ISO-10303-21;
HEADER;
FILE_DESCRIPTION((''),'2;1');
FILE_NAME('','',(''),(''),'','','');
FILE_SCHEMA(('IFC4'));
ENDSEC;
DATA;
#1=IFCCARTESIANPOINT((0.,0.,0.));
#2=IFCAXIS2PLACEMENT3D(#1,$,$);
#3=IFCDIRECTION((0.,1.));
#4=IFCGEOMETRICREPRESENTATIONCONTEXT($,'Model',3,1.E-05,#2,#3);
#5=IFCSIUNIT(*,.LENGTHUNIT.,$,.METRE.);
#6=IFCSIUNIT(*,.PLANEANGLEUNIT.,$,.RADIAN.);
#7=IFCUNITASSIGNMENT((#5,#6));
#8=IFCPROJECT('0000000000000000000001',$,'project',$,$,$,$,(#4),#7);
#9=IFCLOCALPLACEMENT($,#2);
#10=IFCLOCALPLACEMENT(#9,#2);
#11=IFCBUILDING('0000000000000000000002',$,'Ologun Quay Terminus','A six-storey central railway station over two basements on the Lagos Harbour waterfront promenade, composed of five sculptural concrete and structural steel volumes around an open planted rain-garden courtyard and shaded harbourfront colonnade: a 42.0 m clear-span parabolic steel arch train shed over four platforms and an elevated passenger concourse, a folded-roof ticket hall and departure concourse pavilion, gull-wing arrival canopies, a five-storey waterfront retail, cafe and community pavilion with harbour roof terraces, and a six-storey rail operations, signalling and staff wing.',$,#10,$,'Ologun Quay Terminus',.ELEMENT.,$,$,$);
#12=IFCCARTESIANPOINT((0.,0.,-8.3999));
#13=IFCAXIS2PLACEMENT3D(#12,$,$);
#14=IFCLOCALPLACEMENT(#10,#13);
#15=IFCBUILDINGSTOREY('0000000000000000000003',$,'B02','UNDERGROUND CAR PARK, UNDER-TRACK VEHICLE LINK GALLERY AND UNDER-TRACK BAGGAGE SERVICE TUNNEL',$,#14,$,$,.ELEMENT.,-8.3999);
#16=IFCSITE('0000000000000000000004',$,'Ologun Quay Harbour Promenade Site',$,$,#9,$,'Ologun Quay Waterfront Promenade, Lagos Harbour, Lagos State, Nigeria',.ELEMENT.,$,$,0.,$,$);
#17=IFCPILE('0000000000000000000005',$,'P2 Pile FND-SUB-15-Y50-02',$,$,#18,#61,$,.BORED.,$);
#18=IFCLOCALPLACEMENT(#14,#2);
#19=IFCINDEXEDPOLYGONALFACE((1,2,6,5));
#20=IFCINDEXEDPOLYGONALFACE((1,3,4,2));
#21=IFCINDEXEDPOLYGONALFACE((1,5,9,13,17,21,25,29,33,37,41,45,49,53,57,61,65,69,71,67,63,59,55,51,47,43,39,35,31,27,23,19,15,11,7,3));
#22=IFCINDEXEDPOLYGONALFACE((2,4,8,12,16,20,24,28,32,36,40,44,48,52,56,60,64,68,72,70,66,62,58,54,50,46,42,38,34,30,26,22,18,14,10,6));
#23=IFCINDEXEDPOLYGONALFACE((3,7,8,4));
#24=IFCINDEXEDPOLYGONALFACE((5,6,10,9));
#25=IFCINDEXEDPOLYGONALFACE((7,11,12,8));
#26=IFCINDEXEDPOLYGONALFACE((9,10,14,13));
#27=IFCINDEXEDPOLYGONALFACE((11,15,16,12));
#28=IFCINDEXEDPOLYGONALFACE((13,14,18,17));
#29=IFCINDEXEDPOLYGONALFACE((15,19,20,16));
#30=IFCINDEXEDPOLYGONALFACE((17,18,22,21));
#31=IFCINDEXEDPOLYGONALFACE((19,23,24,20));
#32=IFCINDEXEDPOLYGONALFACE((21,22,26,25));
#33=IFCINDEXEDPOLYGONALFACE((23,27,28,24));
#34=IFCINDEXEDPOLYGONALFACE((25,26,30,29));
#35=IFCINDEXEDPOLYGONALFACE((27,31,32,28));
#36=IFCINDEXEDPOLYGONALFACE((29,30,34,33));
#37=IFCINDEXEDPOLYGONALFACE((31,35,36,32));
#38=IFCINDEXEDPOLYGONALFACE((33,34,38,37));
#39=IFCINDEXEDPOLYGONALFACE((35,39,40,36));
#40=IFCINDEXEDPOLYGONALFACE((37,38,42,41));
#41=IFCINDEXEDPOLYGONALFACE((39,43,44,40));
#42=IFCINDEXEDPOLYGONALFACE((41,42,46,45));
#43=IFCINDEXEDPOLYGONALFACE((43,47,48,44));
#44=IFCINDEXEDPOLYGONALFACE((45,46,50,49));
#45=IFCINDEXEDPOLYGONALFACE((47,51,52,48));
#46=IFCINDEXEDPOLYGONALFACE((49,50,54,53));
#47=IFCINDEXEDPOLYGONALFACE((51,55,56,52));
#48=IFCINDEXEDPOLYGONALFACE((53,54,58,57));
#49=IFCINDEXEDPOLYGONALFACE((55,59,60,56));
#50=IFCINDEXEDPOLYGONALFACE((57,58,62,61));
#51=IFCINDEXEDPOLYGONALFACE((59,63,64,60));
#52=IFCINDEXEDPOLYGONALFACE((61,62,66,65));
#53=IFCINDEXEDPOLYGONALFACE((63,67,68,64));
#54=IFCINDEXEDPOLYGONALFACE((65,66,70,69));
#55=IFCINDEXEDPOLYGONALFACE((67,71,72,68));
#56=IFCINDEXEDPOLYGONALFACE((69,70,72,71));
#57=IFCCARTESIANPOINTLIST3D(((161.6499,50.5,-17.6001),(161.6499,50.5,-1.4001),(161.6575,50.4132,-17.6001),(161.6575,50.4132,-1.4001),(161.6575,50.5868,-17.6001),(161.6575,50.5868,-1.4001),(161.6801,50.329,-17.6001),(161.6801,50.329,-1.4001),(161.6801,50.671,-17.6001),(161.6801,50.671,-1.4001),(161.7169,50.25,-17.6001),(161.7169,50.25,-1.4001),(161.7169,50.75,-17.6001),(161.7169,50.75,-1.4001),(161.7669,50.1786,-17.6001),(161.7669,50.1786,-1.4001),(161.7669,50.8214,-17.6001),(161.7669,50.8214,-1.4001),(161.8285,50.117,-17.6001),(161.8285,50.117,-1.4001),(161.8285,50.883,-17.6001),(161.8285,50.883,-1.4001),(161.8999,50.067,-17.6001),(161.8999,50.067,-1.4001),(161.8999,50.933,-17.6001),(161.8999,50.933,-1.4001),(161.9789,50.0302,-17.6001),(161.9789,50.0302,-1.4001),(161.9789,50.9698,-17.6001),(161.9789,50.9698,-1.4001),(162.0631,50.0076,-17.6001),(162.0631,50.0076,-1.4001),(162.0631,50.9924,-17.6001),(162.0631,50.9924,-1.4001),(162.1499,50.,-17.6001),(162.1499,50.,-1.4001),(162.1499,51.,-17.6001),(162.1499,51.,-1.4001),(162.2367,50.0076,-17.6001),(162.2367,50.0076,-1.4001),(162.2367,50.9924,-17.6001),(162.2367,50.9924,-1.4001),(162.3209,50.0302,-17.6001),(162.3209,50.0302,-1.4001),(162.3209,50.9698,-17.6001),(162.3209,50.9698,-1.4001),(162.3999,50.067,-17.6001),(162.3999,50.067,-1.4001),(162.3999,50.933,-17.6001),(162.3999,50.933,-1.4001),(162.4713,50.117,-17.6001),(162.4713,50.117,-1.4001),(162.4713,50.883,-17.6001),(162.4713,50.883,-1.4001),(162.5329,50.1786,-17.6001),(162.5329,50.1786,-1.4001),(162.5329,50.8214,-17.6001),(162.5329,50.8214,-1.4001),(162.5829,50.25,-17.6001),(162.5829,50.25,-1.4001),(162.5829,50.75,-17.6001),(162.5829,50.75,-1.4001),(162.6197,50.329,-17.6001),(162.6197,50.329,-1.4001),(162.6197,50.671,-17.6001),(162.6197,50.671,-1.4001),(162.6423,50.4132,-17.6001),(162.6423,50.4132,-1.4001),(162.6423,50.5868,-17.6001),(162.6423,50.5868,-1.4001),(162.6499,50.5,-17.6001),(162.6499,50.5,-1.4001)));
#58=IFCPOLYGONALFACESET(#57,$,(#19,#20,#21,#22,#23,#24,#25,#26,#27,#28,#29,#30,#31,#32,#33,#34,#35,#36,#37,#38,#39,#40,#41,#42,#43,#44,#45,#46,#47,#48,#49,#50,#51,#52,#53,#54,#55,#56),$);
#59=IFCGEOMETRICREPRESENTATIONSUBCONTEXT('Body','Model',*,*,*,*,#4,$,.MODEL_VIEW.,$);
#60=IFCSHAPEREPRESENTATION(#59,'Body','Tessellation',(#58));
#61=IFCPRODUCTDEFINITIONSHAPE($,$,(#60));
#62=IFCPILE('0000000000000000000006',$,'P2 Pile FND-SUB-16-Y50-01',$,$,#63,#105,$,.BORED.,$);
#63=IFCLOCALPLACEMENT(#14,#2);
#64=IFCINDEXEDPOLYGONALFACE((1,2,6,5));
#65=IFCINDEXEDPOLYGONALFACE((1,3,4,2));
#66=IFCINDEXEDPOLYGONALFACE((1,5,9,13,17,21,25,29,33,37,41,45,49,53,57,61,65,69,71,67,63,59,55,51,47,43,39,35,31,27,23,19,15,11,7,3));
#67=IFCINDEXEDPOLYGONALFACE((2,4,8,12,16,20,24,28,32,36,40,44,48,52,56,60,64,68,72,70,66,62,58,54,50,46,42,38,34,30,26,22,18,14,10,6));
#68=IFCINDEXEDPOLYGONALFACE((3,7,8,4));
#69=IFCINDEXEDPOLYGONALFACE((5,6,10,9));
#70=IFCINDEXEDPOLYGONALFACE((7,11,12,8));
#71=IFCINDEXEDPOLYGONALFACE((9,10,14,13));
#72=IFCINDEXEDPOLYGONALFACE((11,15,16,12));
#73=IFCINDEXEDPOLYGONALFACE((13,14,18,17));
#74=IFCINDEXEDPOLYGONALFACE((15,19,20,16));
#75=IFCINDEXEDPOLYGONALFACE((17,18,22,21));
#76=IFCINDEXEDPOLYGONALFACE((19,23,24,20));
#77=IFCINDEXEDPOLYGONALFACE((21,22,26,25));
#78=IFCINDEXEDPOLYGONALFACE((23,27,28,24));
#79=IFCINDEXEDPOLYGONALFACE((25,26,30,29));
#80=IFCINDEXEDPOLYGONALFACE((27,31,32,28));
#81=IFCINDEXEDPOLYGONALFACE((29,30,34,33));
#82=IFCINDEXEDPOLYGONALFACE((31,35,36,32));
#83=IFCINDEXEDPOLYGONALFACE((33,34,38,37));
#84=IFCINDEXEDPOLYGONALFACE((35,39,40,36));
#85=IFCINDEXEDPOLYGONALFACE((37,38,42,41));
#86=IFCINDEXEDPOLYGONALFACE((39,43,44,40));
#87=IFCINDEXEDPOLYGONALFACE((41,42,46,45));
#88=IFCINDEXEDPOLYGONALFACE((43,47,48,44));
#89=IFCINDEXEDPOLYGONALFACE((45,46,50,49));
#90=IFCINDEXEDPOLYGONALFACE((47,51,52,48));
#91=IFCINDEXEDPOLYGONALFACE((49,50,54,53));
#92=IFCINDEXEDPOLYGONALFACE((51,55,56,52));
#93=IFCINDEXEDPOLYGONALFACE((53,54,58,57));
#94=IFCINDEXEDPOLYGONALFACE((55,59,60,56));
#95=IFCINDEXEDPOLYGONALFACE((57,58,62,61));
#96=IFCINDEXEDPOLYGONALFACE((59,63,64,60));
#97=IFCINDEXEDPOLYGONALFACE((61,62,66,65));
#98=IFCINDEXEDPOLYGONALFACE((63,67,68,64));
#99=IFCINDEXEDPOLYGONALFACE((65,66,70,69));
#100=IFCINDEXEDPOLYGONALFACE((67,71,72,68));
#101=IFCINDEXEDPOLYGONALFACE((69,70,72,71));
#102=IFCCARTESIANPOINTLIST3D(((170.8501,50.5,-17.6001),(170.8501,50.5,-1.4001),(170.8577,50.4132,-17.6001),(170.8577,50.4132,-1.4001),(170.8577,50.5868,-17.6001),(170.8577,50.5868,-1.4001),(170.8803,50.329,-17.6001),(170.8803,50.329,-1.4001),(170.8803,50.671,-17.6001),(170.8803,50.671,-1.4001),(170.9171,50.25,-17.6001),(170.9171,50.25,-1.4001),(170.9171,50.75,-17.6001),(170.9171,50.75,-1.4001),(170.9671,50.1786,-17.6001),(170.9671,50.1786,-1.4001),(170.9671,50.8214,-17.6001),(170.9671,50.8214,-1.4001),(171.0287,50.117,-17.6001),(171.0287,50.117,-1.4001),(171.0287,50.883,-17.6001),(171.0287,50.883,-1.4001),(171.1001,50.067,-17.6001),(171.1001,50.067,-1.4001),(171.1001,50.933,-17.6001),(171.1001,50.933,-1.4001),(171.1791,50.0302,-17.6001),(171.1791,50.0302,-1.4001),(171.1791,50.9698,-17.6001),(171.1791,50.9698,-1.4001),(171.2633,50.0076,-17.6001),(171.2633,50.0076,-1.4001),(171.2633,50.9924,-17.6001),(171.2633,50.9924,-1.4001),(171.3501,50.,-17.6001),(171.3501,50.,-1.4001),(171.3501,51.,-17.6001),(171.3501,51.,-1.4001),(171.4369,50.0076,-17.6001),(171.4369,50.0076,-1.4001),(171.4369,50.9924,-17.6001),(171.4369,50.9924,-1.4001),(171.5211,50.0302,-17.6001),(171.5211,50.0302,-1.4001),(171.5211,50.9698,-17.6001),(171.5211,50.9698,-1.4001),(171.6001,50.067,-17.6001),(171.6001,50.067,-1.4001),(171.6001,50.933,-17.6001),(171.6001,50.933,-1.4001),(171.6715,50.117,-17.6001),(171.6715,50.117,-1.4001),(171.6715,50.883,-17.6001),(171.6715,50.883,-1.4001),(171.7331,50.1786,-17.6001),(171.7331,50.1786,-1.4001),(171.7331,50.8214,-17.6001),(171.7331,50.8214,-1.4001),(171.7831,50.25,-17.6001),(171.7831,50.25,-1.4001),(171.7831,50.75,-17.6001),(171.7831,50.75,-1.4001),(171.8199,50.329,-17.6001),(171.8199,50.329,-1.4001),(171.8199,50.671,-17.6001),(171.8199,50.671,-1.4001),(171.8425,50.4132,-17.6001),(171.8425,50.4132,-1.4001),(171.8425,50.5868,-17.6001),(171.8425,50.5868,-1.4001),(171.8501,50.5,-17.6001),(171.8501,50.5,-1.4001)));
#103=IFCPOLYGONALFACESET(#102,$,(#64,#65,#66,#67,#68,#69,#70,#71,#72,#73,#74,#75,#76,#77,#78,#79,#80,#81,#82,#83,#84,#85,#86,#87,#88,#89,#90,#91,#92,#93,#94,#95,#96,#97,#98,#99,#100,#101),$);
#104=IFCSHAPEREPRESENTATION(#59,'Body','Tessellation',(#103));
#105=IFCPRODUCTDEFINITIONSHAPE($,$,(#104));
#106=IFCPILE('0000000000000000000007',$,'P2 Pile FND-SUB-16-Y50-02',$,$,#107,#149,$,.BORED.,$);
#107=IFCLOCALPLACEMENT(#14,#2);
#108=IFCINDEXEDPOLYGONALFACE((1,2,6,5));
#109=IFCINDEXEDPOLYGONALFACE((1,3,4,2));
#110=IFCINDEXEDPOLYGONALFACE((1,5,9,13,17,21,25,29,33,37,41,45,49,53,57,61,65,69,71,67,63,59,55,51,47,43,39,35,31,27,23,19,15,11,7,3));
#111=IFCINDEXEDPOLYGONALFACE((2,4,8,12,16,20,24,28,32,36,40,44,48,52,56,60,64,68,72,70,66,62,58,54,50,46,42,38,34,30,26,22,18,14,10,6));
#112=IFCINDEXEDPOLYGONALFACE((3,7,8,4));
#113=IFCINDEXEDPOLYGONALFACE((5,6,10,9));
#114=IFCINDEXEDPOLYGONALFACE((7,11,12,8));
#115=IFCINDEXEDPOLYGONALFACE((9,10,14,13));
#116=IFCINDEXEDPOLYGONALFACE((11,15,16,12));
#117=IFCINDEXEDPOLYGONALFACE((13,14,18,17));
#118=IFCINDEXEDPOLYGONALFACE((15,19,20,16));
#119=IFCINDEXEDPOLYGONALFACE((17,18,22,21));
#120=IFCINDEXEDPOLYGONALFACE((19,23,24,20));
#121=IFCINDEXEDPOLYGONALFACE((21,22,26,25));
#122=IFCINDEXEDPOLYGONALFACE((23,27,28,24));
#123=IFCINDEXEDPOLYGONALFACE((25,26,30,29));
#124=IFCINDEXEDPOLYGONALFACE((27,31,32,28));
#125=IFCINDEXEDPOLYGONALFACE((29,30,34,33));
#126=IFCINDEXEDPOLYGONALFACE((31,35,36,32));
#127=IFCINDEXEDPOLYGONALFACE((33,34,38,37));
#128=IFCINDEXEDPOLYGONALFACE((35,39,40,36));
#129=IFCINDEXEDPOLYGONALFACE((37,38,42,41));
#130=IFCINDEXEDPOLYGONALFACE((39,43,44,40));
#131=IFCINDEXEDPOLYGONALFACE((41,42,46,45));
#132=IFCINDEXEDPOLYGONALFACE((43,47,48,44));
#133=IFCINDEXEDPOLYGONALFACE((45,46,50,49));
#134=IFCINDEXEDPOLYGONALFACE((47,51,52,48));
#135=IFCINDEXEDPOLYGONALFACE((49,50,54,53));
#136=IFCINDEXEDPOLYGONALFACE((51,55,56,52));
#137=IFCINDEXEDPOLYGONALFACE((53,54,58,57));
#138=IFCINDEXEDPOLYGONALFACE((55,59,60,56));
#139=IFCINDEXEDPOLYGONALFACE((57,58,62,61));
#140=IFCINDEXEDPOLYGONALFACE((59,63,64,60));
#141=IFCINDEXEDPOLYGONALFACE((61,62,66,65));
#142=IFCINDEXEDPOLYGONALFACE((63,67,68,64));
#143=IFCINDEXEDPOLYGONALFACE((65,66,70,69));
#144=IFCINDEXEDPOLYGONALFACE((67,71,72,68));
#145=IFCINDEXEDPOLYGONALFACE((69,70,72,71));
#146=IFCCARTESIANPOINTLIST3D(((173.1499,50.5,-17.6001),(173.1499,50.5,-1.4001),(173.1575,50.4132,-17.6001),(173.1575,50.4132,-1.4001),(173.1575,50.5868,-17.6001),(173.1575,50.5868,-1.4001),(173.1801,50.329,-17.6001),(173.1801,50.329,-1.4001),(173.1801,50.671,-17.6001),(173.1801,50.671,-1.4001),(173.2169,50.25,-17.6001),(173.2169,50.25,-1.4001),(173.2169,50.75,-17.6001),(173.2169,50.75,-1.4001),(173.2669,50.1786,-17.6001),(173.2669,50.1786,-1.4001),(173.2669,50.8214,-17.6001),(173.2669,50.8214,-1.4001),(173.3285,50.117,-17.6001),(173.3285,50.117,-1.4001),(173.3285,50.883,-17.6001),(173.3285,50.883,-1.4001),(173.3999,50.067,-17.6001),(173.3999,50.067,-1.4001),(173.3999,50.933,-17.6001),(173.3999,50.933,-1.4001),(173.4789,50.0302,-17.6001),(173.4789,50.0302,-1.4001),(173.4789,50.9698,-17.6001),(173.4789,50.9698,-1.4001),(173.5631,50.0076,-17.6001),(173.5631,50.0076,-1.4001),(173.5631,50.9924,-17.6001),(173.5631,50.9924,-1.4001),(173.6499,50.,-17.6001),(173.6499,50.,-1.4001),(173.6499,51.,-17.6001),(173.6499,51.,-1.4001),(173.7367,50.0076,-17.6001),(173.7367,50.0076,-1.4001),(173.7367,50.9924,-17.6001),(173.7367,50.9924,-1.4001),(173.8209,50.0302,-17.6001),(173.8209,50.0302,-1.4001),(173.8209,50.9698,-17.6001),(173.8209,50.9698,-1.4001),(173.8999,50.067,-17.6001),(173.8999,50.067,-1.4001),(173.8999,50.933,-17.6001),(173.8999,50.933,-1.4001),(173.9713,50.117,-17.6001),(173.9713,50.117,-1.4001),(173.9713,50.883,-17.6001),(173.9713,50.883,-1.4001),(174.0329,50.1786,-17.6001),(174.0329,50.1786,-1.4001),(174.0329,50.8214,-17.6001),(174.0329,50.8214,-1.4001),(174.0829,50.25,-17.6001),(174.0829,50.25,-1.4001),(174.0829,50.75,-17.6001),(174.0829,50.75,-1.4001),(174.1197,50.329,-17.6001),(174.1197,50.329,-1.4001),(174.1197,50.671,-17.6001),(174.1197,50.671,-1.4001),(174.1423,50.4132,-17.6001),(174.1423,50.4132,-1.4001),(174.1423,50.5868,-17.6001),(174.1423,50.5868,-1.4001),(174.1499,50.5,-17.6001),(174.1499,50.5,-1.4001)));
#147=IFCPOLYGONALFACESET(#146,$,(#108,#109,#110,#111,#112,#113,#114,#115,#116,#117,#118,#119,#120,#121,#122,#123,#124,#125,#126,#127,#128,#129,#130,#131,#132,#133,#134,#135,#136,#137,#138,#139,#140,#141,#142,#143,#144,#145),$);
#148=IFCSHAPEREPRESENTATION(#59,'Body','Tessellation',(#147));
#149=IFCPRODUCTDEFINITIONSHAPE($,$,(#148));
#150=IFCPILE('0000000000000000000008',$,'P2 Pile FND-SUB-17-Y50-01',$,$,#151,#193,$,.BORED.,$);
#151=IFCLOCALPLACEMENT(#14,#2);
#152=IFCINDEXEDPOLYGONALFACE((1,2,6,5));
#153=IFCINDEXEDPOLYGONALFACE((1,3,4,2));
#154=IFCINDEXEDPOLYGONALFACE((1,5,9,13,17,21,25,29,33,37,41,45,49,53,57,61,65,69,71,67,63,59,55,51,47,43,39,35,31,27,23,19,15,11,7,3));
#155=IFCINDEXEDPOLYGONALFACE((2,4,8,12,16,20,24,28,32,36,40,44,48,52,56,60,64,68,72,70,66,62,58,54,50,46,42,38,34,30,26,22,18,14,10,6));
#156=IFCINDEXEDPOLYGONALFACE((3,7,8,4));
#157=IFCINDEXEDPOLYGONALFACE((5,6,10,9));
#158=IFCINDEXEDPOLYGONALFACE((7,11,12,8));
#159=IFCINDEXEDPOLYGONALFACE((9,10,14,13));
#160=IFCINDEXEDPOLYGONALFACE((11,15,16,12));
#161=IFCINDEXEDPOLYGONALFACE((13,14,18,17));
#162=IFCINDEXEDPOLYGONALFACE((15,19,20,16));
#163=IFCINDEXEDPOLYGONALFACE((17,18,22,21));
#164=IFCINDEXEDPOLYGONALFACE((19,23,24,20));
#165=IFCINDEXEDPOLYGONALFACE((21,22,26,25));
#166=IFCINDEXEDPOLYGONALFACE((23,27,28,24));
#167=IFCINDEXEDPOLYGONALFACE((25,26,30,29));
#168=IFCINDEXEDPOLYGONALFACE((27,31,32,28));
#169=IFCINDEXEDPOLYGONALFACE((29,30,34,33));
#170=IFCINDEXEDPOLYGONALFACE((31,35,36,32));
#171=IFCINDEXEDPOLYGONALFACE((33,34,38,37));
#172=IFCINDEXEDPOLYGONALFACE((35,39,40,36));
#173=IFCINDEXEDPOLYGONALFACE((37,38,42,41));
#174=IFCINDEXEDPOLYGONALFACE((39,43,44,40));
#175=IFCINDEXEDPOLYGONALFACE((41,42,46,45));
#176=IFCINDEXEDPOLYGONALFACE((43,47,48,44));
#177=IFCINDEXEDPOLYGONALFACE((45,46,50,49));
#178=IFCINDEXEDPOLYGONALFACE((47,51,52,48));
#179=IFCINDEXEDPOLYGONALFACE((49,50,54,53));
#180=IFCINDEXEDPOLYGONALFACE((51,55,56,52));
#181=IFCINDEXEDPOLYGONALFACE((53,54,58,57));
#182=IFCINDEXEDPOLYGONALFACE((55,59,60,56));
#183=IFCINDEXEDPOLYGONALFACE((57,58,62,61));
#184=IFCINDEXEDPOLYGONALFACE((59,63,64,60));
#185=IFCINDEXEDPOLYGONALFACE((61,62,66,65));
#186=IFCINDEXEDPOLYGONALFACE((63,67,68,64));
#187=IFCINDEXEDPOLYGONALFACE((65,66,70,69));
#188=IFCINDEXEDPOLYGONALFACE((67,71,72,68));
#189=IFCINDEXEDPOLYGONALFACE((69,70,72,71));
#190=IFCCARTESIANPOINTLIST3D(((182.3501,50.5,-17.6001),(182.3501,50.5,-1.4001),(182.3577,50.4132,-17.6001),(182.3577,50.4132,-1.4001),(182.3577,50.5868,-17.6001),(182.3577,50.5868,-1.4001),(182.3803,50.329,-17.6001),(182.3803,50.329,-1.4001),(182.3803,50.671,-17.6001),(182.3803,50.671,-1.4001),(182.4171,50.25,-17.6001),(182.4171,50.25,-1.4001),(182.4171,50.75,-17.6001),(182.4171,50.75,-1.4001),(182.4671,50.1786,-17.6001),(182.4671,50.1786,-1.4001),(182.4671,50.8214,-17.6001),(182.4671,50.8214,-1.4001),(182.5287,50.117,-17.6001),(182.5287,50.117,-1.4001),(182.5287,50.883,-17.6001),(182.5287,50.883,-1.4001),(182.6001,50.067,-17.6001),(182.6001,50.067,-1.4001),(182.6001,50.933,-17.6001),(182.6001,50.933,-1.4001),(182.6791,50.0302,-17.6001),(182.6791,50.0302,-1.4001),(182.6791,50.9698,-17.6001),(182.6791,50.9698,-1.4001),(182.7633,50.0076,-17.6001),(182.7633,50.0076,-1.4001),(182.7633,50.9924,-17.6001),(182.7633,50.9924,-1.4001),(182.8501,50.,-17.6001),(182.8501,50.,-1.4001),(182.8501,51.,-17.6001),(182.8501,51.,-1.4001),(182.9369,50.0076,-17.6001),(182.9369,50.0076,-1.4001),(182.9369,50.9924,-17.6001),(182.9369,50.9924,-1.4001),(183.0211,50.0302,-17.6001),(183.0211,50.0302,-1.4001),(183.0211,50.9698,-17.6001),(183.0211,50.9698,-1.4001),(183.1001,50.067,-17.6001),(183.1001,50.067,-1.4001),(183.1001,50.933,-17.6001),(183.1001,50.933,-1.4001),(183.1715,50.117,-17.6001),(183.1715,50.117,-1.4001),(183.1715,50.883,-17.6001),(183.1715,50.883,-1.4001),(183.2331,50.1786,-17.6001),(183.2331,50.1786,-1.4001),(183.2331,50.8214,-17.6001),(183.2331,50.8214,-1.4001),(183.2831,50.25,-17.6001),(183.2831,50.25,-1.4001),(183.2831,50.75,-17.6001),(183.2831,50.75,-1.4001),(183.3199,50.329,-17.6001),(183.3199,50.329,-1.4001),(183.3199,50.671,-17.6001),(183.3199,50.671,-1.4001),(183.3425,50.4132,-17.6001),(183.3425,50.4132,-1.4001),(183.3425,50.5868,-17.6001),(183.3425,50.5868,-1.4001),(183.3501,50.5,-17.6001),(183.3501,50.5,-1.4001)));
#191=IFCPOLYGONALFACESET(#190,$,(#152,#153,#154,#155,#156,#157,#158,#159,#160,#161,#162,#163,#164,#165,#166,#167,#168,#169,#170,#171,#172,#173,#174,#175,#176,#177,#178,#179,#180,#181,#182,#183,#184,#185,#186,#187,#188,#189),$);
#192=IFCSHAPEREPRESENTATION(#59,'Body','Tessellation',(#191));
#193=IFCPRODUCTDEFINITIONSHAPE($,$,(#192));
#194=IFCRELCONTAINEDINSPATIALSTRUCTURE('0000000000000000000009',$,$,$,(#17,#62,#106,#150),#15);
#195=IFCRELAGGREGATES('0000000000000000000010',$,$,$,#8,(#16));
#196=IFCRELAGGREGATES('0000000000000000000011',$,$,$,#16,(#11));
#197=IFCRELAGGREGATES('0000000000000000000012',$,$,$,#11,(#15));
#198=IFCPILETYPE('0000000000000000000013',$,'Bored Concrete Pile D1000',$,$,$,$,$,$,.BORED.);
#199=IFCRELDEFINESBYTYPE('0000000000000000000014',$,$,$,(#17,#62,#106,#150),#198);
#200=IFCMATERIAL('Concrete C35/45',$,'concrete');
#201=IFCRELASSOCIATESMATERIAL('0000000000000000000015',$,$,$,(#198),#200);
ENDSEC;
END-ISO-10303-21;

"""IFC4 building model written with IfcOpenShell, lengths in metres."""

from ifc_helpers import new_model, si_unit, direction, frame, origin, origin_2d, place, context, subcontext, project, spatial, circle, extrude, material, material_profile, profile_set, type_object, element, save


model = new_model("IFC4")

# Units and contexts
model_context = context("Model", 3, precision=1e-05, world=origin(), true_north=direction((0.0, 1.0)))
body_context = subcontext(model_context, "Body", "Model", "MODEL_VIEW")
ifc_project = project(units=[si_unit("LENGTHUNIT", "METRE"), si_unit("PLANEANGLEUNIT", "RADIAN")], contexts=[model_context])

# Site, building, storey
site_placement = place(None, origin())
site = spatial("IfcSite", under=ifc_project, at=site_placement, Name="Ologun Quay Harbour Promenade Site", LongName="Ologun Quay Waterfront Promenade, Lagos Harbour, Lagos State, Nigeria", CompositionType="ELEMENT", RefElevation=0.0)
building_placement = place(site_placement, origin())
building = spatial("IfcBuilding", under=site, at=building_placement, Name="Ologun Quay Terminus", Description="A six-storey central railway station over two basements on the Lagos Harbour waterfront promenade, composed of five sculptural concrete and structural steel volumes around an open planted rain-garden courtyard and shaded harbourfront colonnade: a 42.0 m clear-span parabolic steel arch train shed over four platforms and an elevated passenger concourse, a folded-roof ticket hall and departure concourse pavilion, gull-wing arrival canopies, a five-storey waterfront retail, cafe and community pavilion with harbour roof terraces, and a six-storey rail operations, signalling and staff wing.", LongName="Ologun Quay Terminus", CompositionType="ELEMENT")
storey_placement = place(building_placement, frame((0.0, 0.0, -8.3999)))
storey = spatial("IfcBuildingStorey", under=building, at=storey_placement, Name="B02", Description="UNDERGROUND CAR PARK, UNDER-TRACK VEHICLE LINK GALLERY AND UNDER-TRACK BAGGAGE SERVICE TUNNEL", CompositionType="ELEMENT", Elevation=-8.3999)

# Piles
ifc_material_1 = material(Name="Concrete C35/45", Category="concrete")
ifc_material_profile_1 = material_profile(ifc_material_1, circle(Radius=0.5, at=origin_2d()), Name="PILE D1000")
ifc_profile_set_1 = profile_set([ifc_material_profile_1], Name="Concrete C35/45")
pile_type_1 = type_object("IfcPileType", Name="Bored Concrete Pile D1000", PredefinedType="BORED", material=ifc_profile_set_1)
for number, where, z_axis, x_axis, name in (
    (1, (162.1499, 50.5, -1.4001), (0.0, 0.0, -1.0), (1.0, 0.0, 0.0), "P2 Pile FND-SUB-15-Y50-02"),
    (2, (171.3501, 50.5, -1.4001), (0.0, 0.0, -1.0), (1.0, 0.0, 0.0), "P2 Pile FND-SUB-16-Y50-01"),
    (3, (173.6499, 50.5, -1.4001), (0.0, 0.0, -1.0), (1.0, 0.0, 0.0), "P2 Pile FND-SUB-16-Y50-02"),
    (4, (182.8501, 50.5, -1.4001), (0.0, 0.0, -1.0), (1.0, 0.0, 0.0), "P2 Pile FND-SUB-17-Y50-01"),
):
    element("IfcPile", number, at=place(storey_placement, frame(where, z_axis=z_axis, x_axis=x_axis)), inside=storey, type_object=pile_type_1, Name=name, PredefinedType="BORED", context=body_context, shape_type="SweptSolid", body=[
        extrude(circle(Radius=0.5, at=origin_2d()), origin(), (0.0, 0.0, 1.0), 16.2),
    ])

save(model, "model.ifc")
